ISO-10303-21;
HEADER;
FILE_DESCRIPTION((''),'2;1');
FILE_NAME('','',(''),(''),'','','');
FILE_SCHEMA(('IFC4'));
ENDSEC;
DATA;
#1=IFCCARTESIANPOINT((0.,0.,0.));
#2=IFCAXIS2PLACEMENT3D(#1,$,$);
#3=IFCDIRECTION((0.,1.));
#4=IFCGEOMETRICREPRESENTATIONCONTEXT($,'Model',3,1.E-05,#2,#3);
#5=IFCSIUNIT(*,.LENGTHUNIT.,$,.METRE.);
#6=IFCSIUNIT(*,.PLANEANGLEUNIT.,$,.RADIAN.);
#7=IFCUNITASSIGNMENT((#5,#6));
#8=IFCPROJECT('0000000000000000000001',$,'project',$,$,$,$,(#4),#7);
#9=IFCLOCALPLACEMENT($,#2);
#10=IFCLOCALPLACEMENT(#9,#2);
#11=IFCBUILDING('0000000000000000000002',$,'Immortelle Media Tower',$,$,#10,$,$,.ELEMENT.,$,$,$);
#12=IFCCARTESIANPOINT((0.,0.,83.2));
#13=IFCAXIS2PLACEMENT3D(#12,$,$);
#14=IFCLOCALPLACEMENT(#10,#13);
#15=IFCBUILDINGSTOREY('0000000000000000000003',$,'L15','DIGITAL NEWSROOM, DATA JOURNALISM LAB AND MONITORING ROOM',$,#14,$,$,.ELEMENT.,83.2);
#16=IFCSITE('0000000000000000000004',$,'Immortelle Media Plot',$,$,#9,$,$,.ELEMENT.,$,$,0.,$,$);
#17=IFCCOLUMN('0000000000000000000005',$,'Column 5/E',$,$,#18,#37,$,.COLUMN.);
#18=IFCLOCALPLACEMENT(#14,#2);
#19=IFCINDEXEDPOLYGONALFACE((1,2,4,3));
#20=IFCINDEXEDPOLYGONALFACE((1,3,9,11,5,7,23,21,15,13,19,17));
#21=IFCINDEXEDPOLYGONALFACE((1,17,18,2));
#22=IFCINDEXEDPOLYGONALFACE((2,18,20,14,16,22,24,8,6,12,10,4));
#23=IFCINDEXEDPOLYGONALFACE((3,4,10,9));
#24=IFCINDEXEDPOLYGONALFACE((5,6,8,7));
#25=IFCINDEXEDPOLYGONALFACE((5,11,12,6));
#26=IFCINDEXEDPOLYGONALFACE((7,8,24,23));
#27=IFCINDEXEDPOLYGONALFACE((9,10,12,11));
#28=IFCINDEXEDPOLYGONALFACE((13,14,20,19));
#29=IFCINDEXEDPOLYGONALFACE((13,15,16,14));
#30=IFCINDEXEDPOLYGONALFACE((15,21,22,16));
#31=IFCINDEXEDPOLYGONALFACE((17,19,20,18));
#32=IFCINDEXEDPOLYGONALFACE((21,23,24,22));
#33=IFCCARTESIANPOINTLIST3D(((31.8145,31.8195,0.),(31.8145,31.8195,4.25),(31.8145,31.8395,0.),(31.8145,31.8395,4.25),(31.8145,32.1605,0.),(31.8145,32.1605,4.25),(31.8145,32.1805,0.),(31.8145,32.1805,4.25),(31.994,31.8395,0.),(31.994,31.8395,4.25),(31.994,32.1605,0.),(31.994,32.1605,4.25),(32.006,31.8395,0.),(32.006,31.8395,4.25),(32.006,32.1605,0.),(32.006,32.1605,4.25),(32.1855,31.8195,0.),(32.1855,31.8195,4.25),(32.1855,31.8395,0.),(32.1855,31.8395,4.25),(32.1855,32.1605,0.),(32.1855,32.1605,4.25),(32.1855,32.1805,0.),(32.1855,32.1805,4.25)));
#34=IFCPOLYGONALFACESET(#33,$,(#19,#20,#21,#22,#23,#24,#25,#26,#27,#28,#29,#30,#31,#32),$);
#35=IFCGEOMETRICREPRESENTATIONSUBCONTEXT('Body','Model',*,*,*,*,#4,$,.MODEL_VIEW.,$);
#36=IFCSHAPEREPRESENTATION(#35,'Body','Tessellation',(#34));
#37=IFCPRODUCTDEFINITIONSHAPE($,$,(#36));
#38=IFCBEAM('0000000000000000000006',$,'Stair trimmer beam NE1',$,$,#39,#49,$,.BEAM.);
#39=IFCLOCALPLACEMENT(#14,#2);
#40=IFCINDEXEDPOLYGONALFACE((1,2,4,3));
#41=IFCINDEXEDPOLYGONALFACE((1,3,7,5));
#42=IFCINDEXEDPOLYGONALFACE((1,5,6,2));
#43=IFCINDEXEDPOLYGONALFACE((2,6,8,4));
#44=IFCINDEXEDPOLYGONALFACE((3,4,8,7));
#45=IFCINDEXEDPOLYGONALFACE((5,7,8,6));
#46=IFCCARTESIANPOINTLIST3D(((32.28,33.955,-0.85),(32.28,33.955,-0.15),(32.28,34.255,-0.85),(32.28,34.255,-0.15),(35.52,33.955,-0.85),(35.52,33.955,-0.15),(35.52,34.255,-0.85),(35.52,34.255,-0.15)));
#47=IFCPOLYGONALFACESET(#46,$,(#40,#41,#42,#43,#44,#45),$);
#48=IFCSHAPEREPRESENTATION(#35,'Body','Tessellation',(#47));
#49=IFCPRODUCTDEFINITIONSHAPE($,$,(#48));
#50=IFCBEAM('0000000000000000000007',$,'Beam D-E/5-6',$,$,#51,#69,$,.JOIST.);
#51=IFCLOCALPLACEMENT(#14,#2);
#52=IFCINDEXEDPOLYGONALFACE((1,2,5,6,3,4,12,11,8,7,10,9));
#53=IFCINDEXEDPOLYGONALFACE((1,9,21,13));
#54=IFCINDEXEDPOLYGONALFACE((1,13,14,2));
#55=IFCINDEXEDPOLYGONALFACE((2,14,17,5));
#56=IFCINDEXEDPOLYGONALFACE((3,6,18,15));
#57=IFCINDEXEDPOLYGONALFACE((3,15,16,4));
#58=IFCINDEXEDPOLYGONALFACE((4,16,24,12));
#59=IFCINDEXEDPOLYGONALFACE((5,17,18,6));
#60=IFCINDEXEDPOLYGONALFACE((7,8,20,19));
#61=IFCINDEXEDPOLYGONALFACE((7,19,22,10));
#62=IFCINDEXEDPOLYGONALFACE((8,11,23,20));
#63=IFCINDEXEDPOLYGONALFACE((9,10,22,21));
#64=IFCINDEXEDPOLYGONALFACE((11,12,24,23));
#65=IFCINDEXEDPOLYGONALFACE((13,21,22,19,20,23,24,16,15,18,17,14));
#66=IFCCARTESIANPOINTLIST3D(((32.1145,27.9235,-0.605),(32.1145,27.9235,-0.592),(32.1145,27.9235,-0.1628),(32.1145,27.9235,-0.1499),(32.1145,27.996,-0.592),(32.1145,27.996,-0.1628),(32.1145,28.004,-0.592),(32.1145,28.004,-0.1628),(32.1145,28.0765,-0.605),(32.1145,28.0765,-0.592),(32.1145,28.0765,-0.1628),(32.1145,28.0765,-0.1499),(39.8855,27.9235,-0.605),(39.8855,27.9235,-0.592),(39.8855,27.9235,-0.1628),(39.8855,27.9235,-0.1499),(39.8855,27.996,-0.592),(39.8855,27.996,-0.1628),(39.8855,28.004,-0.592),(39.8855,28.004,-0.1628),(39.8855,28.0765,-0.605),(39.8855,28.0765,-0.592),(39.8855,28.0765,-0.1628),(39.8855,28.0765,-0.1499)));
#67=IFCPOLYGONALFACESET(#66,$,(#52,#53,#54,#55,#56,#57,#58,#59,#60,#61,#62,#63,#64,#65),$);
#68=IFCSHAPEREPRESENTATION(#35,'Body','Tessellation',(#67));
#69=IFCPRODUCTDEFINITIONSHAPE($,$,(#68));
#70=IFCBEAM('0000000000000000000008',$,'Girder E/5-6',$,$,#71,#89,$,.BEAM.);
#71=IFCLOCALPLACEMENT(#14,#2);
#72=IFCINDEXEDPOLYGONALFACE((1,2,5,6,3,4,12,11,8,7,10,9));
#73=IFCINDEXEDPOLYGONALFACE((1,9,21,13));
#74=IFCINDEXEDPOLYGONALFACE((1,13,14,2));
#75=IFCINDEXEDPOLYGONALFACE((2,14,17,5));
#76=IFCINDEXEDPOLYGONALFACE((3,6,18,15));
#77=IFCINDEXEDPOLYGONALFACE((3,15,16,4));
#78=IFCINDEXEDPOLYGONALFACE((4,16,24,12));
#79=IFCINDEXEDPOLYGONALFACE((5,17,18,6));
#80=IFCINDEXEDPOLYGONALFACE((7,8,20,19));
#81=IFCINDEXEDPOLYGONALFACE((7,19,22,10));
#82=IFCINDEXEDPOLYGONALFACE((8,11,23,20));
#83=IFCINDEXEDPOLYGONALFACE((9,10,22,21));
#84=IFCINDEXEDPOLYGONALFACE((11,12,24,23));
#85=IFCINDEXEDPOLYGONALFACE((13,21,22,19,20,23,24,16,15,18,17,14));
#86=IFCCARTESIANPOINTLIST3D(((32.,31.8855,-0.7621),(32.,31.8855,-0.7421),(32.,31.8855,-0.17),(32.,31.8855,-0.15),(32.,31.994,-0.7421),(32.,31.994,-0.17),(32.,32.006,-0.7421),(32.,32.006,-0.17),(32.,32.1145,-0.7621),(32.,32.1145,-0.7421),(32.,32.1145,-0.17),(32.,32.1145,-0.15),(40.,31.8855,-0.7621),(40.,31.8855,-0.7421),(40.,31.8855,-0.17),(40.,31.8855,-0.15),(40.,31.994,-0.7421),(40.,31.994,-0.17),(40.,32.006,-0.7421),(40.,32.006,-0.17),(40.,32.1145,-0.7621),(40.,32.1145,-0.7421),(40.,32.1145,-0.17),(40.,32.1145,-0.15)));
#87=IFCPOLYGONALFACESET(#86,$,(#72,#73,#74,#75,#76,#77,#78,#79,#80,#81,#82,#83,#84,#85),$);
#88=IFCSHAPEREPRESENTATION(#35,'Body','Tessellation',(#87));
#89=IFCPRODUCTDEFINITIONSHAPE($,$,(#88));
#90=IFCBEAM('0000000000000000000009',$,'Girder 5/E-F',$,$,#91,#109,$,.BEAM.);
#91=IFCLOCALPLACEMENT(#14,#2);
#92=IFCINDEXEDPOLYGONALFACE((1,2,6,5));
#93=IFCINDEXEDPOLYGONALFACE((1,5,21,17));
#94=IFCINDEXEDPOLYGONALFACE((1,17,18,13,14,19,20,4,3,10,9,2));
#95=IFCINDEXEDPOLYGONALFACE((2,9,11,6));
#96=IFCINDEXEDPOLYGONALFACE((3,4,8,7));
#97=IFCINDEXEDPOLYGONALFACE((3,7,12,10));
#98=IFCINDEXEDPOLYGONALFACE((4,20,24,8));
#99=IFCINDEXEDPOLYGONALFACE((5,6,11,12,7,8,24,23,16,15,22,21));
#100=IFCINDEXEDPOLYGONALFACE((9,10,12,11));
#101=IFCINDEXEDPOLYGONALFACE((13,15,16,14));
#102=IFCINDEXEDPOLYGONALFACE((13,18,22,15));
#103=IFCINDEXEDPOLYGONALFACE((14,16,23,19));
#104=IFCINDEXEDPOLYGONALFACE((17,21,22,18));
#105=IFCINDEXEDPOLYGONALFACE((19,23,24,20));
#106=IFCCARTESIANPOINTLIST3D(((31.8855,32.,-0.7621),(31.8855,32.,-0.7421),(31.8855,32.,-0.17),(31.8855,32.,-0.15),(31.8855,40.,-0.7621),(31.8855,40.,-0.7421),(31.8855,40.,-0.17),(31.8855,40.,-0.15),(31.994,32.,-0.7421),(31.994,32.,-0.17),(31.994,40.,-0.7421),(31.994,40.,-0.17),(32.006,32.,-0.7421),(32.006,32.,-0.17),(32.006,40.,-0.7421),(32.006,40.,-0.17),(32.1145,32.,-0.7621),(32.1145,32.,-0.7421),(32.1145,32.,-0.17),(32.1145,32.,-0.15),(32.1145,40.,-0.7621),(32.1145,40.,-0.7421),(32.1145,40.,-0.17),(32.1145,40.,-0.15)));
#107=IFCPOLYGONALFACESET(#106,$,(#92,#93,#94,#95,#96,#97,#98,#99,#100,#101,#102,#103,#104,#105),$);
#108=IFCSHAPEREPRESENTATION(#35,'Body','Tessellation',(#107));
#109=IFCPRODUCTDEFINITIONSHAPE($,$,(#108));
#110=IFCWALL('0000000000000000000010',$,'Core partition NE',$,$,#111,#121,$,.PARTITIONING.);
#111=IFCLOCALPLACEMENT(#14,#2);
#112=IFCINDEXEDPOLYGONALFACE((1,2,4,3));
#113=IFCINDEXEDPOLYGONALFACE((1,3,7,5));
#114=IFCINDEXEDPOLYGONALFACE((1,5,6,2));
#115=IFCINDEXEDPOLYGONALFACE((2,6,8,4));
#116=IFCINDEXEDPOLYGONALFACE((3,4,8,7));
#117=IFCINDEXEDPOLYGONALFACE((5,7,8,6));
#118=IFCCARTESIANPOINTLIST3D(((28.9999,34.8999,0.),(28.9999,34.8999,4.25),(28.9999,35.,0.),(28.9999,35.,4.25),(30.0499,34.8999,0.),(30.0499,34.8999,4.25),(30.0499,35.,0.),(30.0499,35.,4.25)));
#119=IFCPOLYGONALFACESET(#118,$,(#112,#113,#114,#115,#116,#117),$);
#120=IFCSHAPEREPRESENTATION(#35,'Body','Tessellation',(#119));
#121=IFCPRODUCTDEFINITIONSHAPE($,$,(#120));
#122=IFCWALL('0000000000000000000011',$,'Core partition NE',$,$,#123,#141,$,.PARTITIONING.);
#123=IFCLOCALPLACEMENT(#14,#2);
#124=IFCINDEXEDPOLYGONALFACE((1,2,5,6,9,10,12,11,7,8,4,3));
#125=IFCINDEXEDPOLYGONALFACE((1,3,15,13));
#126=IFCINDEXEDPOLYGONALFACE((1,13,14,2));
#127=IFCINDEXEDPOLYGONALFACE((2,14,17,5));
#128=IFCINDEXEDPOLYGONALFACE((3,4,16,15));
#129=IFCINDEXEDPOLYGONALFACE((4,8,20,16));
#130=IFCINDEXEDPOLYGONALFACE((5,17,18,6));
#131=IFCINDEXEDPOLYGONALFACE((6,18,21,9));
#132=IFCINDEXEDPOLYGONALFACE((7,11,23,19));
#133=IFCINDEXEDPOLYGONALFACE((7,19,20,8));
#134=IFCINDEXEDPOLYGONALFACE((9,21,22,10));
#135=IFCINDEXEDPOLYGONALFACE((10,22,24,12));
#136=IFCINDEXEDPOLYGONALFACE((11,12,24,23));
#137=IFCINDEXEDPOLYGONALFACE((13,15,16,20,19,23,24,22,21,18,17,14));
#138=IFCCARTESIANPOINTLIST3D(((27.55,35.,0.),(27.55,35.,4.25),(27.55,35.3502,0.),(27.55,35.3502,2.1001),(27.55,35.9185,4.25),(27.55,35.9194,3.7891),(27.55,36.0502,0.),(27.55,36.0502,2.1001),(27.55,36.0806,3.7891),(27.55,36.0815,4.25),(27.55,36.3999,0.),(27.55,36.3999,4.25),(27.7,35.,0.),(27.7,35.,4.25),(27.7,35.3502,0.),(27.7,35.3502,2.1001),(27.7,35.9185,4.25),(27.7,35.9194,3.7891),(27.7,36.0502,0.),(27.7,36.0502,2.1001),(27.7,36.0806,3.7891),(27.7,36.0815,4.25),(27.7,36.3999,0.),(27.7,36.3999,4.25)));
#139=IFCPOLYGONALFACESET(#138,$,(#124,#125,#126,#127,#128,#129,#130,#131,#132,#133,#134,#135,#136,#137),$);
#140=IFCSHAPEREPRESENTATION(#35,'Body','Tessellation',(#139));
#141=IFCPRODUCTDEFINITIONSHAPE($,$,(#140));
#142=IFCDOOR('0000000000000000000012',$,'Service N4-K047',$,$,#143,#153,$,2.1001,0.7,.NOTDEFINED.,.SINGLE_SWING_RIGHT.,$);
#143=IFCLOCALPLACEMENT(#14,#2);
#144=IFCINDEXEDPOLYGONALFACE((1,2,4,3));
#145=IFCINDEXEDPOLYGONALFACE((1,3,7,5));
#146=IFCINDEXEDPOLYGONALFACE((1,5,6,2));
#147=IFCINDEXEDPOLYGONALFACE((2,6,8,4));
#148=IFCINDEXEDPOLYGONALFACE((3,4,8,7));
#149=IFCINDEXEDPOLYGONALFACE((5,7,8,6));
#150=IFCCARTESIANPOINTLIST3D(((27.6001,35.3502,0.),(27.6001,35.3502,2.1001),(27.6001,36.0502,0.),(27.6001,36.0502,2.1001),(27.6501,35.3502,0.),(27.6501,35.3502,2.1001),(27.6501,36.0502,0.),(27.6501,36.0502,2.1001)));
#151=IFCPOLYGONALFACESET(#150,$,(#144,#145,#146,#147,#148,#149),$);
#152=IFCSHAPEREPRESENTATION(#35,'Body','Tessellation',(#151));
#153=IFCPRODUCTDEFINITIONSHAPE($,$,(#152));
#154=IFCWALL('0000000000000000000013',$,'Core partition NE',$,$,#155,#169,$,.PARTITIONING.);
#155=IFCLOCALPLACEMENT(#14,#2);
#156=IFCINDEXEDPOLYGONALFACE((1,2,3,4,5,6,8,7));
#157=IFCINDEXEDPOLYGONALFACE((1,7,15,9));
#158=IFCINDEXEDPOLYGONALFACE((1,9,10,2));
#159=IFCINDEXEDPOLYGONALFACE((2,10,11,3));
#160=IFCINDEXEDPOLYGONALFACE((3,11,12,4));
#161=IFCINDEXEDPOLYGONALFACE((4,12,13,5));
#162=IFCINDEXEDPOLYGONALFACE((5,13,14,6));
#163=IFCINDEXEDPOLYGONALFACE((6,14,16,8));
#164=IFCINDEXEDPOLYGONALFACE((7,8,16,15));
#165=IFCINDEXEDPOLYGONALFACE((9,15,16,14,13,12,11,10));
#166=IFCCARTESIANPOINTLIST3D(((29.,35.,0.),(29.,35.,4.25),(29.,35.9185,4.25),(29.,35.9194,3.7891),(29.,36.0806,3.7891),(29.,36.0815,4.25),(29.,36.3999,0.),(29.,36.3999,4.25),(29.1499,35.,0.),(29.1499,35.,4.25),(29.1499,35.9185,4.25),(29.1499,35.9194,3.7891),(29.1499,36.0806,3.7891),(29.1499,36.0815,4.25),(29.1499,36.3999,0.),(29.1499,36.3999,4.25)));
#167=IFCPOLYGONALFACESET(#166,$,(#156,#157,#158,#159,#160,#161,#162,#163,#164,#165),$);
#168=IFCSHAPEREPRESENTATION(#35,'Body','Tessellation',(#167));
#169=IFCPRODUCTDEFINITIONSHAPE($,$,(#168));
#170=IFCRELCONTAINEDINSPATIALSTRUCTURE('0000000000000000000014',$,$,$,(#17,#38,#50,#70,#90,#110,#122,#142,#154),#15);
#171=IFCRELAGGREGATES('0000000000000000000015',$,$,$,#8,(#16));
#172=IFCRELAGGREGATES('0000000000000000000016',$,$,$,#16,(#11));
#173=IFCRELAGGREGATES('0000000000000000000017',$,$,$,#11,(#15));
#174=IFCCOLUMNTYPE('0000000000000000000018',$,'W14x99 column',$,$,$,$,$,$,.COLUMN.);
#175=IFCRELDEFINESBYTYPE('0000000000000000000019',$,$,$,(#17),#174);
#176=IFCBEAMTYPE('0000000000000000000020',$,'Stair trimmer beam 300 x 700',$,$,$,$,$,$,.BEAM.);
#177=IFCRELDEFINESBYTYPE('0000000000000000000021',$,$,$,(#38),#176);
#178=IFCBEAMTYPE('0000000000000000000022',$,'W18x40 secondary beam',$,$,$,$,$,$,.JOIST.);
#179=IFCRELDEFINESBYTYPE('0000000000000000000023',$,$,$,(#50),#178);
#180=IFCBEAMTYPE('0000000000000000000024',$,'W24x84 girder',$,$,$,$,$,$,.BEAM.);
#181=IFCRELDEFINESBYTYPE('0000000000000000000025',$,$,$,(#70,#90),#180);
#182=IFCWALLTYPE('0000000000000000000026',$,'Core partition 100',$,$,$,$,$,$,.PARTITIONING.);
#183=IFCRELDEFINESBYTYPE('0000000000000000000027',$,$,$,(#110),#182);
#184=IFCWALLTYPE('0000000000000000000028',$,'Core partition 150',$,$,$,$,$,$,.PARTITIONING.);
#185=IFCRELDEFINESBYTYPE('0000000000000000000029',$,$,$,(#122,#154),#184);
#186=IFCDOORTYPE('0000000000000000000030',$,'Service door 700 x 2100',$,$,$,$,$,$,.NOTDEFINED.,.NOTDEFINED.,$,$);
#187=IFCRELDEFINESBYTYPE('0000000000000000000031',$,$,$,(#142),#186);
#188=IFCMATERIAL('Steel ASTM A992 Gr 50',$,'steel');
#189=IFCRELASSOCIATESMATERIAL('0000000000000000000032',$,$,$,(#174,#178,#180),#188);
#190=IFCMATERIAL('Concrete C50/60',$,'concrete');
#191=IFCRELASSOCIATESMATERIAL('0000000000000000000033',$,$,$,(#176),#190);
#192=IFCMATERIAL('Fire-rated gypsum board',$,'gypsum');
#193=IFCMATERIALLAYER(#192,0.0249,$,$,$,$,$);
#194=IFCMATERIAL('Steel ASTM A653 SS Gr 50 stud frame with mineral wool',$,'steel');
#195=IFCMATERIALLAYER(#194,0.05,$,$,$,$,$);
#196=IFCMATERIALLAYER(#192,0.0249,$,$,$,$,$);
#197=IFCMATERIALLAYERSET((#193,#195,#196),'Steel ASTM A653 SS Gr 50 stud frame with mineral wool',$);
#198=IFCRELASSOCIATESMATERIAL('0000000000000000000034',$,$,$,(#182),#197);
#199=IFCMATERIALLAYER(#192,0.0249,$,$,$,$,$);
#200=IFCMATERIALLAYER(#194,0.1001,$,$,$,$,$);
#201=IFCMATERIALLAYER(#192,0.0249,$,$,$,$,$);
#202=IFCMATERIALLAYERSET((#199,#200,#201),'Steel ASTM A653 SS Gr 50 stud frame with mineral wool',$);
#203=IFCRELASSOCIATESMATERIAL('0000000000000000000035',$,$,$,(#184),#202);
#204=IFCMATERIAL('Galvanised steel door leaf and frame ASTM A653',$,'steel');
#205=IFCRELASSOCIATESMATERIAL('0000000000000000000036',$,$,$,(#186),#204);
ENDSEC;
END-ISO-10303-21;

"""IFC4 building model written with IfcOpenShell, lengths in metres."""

from ifc_helpers import new_model, si_unit, direction, frame, frame_2d, origin, origin_2d, place, context, subcontext, project, spatial, polyline, rectangle, i_section, outline, extrude, material, layer, layer_set, material_profile, profile_set, type_object, element, fill, save


model = new_model("IFC4")

# Units and contexts
model_context = context("Model", 3, precision=1e-05, world=origin(), true_north=direction((0.0, 1.0)))
body_context = subcontext(model_context, "Body", "Model", "MODEL_VIEW")
ifc_project = project(units=[si_unit("LENGTHUNIT", "METRE"), si_unit("PLANEANGLEUNIT", "RADIAN")], contexts=[model_context])

# Site, building, storey
site_placement = place(None, origin())
site = spatial("IfcSite", under=ifc_project, at=site_placement, Name="Immortelle Media Plot", CompositionType="ELEMENT", RefElevation=0.0)
building_placement = place(site_placement, origin())
building = spatial("IfcBuilding", under=site, at=building_placement, Name="Immortelle Media Tower", CompositionType="ELEMENT")
storey_placement = place(building_placement, frame((0.0, 0.0, 83.2)))
storey = spatial("IfcBuildingStorey", under=building, at=storey_placement, Name="L15", Description="DIGITAL NEWSROOM, DATA JOURNALISM LAB AND MONITORING ROOM", CompositionType="ELEMENT", Elevation=83.2)

# Column
ifc_material_1 = material(Name="Steel ASTM A992 Gr 50", Category="steel")
ifc_material_profile_1 = material_profile(ifc_material_1, i_section(OverallWidth=0.3711, OverallDepth=0.3611, WebThickness=0.012, FlangeThickness=0.02, at=origin_2d()), Name="W14x99")
ifc_profile_set_1 = profile_set([ifc_material_profile_1], Name="Steel ASTM A992 Gr 50")
column_type = type_object("IfcColumnType", Name="W14x99 column", PredefinedType="COLUMN", material=ifc_profile_set_1)
column_placement = place(storey_placement, frame((32.0, 32.0, 0.0), z_axis=(0.0, 0.0, 1.0), x_axis=(1.0, 0.0, 0.0)))
element("IfcColumn", 1, at=column_placement, inside=storey, type_object=column_type, Name="Column 5/E", PredefinedType="COLUMN", context=body_context, shape_type="SweptSolid", body=[
    extrude(i_section(OverallWidth=0.3711, OverallDepth=0.3611, WebThickness=0.012, FlangeThickness=0.02, at=origin_2d()), origin(), (0.0, 0.0, 1.0), 4.25),
])

# Beams
ifc_material_2 = material(Name="Concrete C50/60", Category="concrete")
ifc_material_profile_2 = material_profile(ifc_material_2, rectangle(XDim=0.3, YDim=0.7, at=origin_2d()), Name="RC 300x700")
ifc_profile_set_2 = profile_set([ifc_material_profile_2], Name="Concrete C50/60")
beam_type_1 = type_object("IfcBeamType", Name="Stair trimmer beam 300 x 700", PredefinedType="BEAM", material=ifc_profile_set_2)
beam_1_placement = place(storey_placement, frame((32.28, 34.105, -0.5), z_axis=(1.0, 0.0, 0.0), x_axis=(0.0, 1.0, 0.0)))
element("IfcBeam", 2, at=beam_1_placement, inside=storey, type_object=beam_type_1, Name="Stair trimmer beam NE1", PredefinedType="BEAM", context=body_context, shape_type="SweptSolid", body=[
    extrude(rectangle(XDim=0.3, YDim=0.7, at=origin_2d()), origin(), (0.0, 0.0, 1.0), 3.24),
])
ifc_material_profile_3 = material_profile(ifc_material_1, i_section(OverallWidth=0.1531, OverallDepth=0.4551, WebThickness=0.0081, FlangeThickness=0.0129, at=origin_2d()), Name="W18x40")
ifc_profile_set_3 = profile_set([ifc_material_profile_3], Name="Steel ASTM A992 Gr 50")
beam_type_2 = type_object("IfcBeamType", Name="W18x40 secondary beam", PredefinedType="JOIST", material=ifc_profile_set_3)
beam_2_placement = place(storey_placement, frame((32.1145, 28.0, -0.3774), z_axis=(1.0, 0.0, 0.0), x_axis=(0.0, 1.0, 0.0)))
element("IfcBeam", 3, at=beam_2_placement, inside=storey, type_object=beam_type_2, Name="Beam D-E/5-6", PredefinedType="JOIST", context=body_context, shape_type="SweptSolid", body=[
    extrude(i_section(OverallWidth=0.1531, OverallDepth=0.4551, WebThickness=0.0081, FlangeThickness=0.0129, at=origin_2d()), origin(), (0.0, 0.0, 1.0), 7.771),
])
ifc_material_profile_4 = material_profile(ifc_material_1, i_section(OverallWidth=0.229, OverallDepth=0.6121, WebThickness=0.012, FlangeThickness=0.02, at=origin_2d()), Name="W24x84")
ifc_profile_set_4 = profile_set([ifc_material_profile_4], Name="Steel ASTM A992 Gr 50")
beam_type_3 = type_object("IfcBeamType", Name="W24x84 girder", PredefinedType="BEAM", material=ifc_profile_set_4)
for number, where, z_axis, x_axis, name in (
    (4, (32.0, 32.0, -0.4561), (1.0, 0.0, 0.0), (0.0, 1.0, 0.0), "Girder E/5-6"),
    (5, (32.0, 32.0, -0.4561), (0.0, 1.0, 0.0), (-1.0, 0.0, 0.0), "Girder 5/E-F"),
):
    element("IfcBeam", number, at=place(storey_placement, frame(where, z_axis=z_axis, x_axis=x_axis)), inside=storey, type_object=beam_type_3, Name=name, PredefinedType="BEAM", context=body_context, shape_type="SweptSolid", body=[
        extrude(i_section(OverallWidth=0.229, OverallDepth=0.6121, WebThickness=0.012, FlangeThickness=0.02, at=origin_2d()), origin(), (0.0, 0.0, 1.0), 8.0),
    ])

# Wall
ifc_material_3 = material(Name="Fire-rated gypsum board", Category="gypsum")
ifc_layer_1 = layer(ifc_material_3, 0.0249)
ifc_material_4 = material(Name="Steel ASTM A653 SS Gr 50 stud frame with mineral wool", Category="steel")
ifc_layer_2 = layer(ifc_material_4, 0.05)
ifc_layer_3 = layer(ifc_material_3, 0.0249)
ifc_layer_set_1 = layer_set([ifc_layer_1, ifc_layer_2, ifc_layer_3], Name="Steel ASTM A653 SS Gr 50 stud frame with mineral wool")
wall_type_1 = type_object("IfcWallType", Name="Core partition 100", PredefinedType="PARTITIONING", material=ifc_layer_set_1)
wall_1_placement = place(storey_placement, frame((29.0, 34.95, 0.0), z_axis=(0.0, 0.0, 1.0), x_axis=(1.0, 0.0, 0.0)))
element("IfcWall", 6, at=wall_1_placement, inside=storey, type_object=wall_type_1, Name="Core partition NE", PredefinedType="PARTITIONING", context=body_context, shape_type="SweptSolid", body=[
    extrude(rectangle(XDim=1.05, YDim=0.1001, at=frame_2d((0.5249, 0.0))), origin(), (0.0, 0.0, 1.0), 4.25),
])

# Wall, opening, door
ifc_layer_4 = layer(ifc_material_3, 0.0249)
ifc_layer_5 = layer(ifc_material_4, 0.1001)
ifc_layer_6 = layer(ifc_material_3, 0.0249)
ifc_layer_set_2 = layer_set([ifc_layer_4, ifc_layer_5, ifc_layer_6], Name="Steel ASTM A653 SS Gr 50 stud frame with mineral wool")
wall_type_2 = type_object("IfcWallType", Name="Core partition 150", PredefinedType="PARTITIONING", material=ifc_layer_set_2)
wall_2_placement = place(storey_placement, frame((27.625, 35.0, 0.0), z_axis=(0.0, 0.0, 1.0), x_axis=(0.0, 1.0, 0.0)))
wall_2 = element("IfcWall", 7, at=wall_2_placement, inside=storey, type_object=wall_type_2, Name="Core partition NE", PredefinedType="PARTITIONING", context=body_context, shape_type="SweptSolid", body=[
    extrude(outline(polyline([(0.0, 0.0), (1.3999, 0.0), (1.3999, 4.25), (1.0815, 4.25), (1.0806, 3.7891), (0.9194, 3.7891), (0.9185, 4.25), (0.0, 4.25), (0.0, 0.0)])), frame((0.0, 0.075, 0.0), z_axis=(0.0, -1.0, 0.0), x_axis=(1.0, 0.0, 0.0)), (0.0, 0.0, 1.0), 0.1499),
])
opening_1_placement = place(wall_2_placement, frame((0.3501, 0.0, 0.0)))
opening_1 = element("IfcOpeningElement", 8, at=opening_1_placement, cuts=wall_2, PredefinedType="OPENING", context=body_context, shape_type="SweptSolid", body=[
    extrude(rectangle(XDim=0.7, YDim=2.1001, at=frame_2d((0.3501, 1.05))), frame((0.0, 0.085, 0.0), z_axis=(0.0, -1.0, 0.0), x_axis=(1.0, 0.0, 0.0)), (0.0, 0.0, 1.0), 0.1699),
])
ifc_material_5 = material(Name="Galvanised steel door leaf and frame ASTM A653", Category="steel")
door_type_1 = type_object("IfcDoorType", Name="Service door 700 x 2100", OperationType="NOTDEFINED", PredefinedType="NOTDEFINED", material=ifc_material_5)
door_1_placement = place(opening_1_placement, origin())
door_1 = element("IfcDoor", 9, at=door_1_placement, inside=storey, type_object=door_type_1, Name="Service N4-K047", OperationType="SINGLE_SWING_RIGHT", OverallHeight=2.1001, OverallWidth=0.7, PredefinedType="NOTDEFINED", context=body_context, shape_type="SweptSolid", body=[
    extrude(rectangle(XDim=0.7, YDim=2.1001, at=frame_2d((0.3501, 1.05))), frame((0.0, 0.0249, 0.0), z_axis=(0.0, -1.0, 0.0), x_axis=(1.0, 0.0, 0.0)), (0.0, 0.0, 1.0), 0.05),
])
fill(opening_1, door_1)

# Wall
wall_3_placement = place(storey_placement, frame((29.075, 35.0, 0.0), z_axis=(0.0, 0.0, 1.0), x_axis=(0.0, 1.0, 0.0)))
element("IfcWall", 10, at=wall_3_placement, inside=storey, type_object=wall_type_2, Name="Core partition NE", PredefinedType="PARTITIONING", context=body_context, shape_type="SweptSolid", body=[
    extrude(outline(polyline([(0.0, 0.0), (1.3999, 0.0), (1.3999, 4.25), (1.0815, 4.25), (1.0806, 3.7891), (0.9194, 3.7891), (0.9185, 4.25), (0.0, 4.25), (0.0, 0.0)])), frame((0.0, 0.075, 0.0), z_axis=(0.0, -1.0, 0.0), x_axis=(1.0, 0.0, 0.0)), (0.0, 0.0, 1.0), 0.1499),
])

save(model, "model.ifc")
